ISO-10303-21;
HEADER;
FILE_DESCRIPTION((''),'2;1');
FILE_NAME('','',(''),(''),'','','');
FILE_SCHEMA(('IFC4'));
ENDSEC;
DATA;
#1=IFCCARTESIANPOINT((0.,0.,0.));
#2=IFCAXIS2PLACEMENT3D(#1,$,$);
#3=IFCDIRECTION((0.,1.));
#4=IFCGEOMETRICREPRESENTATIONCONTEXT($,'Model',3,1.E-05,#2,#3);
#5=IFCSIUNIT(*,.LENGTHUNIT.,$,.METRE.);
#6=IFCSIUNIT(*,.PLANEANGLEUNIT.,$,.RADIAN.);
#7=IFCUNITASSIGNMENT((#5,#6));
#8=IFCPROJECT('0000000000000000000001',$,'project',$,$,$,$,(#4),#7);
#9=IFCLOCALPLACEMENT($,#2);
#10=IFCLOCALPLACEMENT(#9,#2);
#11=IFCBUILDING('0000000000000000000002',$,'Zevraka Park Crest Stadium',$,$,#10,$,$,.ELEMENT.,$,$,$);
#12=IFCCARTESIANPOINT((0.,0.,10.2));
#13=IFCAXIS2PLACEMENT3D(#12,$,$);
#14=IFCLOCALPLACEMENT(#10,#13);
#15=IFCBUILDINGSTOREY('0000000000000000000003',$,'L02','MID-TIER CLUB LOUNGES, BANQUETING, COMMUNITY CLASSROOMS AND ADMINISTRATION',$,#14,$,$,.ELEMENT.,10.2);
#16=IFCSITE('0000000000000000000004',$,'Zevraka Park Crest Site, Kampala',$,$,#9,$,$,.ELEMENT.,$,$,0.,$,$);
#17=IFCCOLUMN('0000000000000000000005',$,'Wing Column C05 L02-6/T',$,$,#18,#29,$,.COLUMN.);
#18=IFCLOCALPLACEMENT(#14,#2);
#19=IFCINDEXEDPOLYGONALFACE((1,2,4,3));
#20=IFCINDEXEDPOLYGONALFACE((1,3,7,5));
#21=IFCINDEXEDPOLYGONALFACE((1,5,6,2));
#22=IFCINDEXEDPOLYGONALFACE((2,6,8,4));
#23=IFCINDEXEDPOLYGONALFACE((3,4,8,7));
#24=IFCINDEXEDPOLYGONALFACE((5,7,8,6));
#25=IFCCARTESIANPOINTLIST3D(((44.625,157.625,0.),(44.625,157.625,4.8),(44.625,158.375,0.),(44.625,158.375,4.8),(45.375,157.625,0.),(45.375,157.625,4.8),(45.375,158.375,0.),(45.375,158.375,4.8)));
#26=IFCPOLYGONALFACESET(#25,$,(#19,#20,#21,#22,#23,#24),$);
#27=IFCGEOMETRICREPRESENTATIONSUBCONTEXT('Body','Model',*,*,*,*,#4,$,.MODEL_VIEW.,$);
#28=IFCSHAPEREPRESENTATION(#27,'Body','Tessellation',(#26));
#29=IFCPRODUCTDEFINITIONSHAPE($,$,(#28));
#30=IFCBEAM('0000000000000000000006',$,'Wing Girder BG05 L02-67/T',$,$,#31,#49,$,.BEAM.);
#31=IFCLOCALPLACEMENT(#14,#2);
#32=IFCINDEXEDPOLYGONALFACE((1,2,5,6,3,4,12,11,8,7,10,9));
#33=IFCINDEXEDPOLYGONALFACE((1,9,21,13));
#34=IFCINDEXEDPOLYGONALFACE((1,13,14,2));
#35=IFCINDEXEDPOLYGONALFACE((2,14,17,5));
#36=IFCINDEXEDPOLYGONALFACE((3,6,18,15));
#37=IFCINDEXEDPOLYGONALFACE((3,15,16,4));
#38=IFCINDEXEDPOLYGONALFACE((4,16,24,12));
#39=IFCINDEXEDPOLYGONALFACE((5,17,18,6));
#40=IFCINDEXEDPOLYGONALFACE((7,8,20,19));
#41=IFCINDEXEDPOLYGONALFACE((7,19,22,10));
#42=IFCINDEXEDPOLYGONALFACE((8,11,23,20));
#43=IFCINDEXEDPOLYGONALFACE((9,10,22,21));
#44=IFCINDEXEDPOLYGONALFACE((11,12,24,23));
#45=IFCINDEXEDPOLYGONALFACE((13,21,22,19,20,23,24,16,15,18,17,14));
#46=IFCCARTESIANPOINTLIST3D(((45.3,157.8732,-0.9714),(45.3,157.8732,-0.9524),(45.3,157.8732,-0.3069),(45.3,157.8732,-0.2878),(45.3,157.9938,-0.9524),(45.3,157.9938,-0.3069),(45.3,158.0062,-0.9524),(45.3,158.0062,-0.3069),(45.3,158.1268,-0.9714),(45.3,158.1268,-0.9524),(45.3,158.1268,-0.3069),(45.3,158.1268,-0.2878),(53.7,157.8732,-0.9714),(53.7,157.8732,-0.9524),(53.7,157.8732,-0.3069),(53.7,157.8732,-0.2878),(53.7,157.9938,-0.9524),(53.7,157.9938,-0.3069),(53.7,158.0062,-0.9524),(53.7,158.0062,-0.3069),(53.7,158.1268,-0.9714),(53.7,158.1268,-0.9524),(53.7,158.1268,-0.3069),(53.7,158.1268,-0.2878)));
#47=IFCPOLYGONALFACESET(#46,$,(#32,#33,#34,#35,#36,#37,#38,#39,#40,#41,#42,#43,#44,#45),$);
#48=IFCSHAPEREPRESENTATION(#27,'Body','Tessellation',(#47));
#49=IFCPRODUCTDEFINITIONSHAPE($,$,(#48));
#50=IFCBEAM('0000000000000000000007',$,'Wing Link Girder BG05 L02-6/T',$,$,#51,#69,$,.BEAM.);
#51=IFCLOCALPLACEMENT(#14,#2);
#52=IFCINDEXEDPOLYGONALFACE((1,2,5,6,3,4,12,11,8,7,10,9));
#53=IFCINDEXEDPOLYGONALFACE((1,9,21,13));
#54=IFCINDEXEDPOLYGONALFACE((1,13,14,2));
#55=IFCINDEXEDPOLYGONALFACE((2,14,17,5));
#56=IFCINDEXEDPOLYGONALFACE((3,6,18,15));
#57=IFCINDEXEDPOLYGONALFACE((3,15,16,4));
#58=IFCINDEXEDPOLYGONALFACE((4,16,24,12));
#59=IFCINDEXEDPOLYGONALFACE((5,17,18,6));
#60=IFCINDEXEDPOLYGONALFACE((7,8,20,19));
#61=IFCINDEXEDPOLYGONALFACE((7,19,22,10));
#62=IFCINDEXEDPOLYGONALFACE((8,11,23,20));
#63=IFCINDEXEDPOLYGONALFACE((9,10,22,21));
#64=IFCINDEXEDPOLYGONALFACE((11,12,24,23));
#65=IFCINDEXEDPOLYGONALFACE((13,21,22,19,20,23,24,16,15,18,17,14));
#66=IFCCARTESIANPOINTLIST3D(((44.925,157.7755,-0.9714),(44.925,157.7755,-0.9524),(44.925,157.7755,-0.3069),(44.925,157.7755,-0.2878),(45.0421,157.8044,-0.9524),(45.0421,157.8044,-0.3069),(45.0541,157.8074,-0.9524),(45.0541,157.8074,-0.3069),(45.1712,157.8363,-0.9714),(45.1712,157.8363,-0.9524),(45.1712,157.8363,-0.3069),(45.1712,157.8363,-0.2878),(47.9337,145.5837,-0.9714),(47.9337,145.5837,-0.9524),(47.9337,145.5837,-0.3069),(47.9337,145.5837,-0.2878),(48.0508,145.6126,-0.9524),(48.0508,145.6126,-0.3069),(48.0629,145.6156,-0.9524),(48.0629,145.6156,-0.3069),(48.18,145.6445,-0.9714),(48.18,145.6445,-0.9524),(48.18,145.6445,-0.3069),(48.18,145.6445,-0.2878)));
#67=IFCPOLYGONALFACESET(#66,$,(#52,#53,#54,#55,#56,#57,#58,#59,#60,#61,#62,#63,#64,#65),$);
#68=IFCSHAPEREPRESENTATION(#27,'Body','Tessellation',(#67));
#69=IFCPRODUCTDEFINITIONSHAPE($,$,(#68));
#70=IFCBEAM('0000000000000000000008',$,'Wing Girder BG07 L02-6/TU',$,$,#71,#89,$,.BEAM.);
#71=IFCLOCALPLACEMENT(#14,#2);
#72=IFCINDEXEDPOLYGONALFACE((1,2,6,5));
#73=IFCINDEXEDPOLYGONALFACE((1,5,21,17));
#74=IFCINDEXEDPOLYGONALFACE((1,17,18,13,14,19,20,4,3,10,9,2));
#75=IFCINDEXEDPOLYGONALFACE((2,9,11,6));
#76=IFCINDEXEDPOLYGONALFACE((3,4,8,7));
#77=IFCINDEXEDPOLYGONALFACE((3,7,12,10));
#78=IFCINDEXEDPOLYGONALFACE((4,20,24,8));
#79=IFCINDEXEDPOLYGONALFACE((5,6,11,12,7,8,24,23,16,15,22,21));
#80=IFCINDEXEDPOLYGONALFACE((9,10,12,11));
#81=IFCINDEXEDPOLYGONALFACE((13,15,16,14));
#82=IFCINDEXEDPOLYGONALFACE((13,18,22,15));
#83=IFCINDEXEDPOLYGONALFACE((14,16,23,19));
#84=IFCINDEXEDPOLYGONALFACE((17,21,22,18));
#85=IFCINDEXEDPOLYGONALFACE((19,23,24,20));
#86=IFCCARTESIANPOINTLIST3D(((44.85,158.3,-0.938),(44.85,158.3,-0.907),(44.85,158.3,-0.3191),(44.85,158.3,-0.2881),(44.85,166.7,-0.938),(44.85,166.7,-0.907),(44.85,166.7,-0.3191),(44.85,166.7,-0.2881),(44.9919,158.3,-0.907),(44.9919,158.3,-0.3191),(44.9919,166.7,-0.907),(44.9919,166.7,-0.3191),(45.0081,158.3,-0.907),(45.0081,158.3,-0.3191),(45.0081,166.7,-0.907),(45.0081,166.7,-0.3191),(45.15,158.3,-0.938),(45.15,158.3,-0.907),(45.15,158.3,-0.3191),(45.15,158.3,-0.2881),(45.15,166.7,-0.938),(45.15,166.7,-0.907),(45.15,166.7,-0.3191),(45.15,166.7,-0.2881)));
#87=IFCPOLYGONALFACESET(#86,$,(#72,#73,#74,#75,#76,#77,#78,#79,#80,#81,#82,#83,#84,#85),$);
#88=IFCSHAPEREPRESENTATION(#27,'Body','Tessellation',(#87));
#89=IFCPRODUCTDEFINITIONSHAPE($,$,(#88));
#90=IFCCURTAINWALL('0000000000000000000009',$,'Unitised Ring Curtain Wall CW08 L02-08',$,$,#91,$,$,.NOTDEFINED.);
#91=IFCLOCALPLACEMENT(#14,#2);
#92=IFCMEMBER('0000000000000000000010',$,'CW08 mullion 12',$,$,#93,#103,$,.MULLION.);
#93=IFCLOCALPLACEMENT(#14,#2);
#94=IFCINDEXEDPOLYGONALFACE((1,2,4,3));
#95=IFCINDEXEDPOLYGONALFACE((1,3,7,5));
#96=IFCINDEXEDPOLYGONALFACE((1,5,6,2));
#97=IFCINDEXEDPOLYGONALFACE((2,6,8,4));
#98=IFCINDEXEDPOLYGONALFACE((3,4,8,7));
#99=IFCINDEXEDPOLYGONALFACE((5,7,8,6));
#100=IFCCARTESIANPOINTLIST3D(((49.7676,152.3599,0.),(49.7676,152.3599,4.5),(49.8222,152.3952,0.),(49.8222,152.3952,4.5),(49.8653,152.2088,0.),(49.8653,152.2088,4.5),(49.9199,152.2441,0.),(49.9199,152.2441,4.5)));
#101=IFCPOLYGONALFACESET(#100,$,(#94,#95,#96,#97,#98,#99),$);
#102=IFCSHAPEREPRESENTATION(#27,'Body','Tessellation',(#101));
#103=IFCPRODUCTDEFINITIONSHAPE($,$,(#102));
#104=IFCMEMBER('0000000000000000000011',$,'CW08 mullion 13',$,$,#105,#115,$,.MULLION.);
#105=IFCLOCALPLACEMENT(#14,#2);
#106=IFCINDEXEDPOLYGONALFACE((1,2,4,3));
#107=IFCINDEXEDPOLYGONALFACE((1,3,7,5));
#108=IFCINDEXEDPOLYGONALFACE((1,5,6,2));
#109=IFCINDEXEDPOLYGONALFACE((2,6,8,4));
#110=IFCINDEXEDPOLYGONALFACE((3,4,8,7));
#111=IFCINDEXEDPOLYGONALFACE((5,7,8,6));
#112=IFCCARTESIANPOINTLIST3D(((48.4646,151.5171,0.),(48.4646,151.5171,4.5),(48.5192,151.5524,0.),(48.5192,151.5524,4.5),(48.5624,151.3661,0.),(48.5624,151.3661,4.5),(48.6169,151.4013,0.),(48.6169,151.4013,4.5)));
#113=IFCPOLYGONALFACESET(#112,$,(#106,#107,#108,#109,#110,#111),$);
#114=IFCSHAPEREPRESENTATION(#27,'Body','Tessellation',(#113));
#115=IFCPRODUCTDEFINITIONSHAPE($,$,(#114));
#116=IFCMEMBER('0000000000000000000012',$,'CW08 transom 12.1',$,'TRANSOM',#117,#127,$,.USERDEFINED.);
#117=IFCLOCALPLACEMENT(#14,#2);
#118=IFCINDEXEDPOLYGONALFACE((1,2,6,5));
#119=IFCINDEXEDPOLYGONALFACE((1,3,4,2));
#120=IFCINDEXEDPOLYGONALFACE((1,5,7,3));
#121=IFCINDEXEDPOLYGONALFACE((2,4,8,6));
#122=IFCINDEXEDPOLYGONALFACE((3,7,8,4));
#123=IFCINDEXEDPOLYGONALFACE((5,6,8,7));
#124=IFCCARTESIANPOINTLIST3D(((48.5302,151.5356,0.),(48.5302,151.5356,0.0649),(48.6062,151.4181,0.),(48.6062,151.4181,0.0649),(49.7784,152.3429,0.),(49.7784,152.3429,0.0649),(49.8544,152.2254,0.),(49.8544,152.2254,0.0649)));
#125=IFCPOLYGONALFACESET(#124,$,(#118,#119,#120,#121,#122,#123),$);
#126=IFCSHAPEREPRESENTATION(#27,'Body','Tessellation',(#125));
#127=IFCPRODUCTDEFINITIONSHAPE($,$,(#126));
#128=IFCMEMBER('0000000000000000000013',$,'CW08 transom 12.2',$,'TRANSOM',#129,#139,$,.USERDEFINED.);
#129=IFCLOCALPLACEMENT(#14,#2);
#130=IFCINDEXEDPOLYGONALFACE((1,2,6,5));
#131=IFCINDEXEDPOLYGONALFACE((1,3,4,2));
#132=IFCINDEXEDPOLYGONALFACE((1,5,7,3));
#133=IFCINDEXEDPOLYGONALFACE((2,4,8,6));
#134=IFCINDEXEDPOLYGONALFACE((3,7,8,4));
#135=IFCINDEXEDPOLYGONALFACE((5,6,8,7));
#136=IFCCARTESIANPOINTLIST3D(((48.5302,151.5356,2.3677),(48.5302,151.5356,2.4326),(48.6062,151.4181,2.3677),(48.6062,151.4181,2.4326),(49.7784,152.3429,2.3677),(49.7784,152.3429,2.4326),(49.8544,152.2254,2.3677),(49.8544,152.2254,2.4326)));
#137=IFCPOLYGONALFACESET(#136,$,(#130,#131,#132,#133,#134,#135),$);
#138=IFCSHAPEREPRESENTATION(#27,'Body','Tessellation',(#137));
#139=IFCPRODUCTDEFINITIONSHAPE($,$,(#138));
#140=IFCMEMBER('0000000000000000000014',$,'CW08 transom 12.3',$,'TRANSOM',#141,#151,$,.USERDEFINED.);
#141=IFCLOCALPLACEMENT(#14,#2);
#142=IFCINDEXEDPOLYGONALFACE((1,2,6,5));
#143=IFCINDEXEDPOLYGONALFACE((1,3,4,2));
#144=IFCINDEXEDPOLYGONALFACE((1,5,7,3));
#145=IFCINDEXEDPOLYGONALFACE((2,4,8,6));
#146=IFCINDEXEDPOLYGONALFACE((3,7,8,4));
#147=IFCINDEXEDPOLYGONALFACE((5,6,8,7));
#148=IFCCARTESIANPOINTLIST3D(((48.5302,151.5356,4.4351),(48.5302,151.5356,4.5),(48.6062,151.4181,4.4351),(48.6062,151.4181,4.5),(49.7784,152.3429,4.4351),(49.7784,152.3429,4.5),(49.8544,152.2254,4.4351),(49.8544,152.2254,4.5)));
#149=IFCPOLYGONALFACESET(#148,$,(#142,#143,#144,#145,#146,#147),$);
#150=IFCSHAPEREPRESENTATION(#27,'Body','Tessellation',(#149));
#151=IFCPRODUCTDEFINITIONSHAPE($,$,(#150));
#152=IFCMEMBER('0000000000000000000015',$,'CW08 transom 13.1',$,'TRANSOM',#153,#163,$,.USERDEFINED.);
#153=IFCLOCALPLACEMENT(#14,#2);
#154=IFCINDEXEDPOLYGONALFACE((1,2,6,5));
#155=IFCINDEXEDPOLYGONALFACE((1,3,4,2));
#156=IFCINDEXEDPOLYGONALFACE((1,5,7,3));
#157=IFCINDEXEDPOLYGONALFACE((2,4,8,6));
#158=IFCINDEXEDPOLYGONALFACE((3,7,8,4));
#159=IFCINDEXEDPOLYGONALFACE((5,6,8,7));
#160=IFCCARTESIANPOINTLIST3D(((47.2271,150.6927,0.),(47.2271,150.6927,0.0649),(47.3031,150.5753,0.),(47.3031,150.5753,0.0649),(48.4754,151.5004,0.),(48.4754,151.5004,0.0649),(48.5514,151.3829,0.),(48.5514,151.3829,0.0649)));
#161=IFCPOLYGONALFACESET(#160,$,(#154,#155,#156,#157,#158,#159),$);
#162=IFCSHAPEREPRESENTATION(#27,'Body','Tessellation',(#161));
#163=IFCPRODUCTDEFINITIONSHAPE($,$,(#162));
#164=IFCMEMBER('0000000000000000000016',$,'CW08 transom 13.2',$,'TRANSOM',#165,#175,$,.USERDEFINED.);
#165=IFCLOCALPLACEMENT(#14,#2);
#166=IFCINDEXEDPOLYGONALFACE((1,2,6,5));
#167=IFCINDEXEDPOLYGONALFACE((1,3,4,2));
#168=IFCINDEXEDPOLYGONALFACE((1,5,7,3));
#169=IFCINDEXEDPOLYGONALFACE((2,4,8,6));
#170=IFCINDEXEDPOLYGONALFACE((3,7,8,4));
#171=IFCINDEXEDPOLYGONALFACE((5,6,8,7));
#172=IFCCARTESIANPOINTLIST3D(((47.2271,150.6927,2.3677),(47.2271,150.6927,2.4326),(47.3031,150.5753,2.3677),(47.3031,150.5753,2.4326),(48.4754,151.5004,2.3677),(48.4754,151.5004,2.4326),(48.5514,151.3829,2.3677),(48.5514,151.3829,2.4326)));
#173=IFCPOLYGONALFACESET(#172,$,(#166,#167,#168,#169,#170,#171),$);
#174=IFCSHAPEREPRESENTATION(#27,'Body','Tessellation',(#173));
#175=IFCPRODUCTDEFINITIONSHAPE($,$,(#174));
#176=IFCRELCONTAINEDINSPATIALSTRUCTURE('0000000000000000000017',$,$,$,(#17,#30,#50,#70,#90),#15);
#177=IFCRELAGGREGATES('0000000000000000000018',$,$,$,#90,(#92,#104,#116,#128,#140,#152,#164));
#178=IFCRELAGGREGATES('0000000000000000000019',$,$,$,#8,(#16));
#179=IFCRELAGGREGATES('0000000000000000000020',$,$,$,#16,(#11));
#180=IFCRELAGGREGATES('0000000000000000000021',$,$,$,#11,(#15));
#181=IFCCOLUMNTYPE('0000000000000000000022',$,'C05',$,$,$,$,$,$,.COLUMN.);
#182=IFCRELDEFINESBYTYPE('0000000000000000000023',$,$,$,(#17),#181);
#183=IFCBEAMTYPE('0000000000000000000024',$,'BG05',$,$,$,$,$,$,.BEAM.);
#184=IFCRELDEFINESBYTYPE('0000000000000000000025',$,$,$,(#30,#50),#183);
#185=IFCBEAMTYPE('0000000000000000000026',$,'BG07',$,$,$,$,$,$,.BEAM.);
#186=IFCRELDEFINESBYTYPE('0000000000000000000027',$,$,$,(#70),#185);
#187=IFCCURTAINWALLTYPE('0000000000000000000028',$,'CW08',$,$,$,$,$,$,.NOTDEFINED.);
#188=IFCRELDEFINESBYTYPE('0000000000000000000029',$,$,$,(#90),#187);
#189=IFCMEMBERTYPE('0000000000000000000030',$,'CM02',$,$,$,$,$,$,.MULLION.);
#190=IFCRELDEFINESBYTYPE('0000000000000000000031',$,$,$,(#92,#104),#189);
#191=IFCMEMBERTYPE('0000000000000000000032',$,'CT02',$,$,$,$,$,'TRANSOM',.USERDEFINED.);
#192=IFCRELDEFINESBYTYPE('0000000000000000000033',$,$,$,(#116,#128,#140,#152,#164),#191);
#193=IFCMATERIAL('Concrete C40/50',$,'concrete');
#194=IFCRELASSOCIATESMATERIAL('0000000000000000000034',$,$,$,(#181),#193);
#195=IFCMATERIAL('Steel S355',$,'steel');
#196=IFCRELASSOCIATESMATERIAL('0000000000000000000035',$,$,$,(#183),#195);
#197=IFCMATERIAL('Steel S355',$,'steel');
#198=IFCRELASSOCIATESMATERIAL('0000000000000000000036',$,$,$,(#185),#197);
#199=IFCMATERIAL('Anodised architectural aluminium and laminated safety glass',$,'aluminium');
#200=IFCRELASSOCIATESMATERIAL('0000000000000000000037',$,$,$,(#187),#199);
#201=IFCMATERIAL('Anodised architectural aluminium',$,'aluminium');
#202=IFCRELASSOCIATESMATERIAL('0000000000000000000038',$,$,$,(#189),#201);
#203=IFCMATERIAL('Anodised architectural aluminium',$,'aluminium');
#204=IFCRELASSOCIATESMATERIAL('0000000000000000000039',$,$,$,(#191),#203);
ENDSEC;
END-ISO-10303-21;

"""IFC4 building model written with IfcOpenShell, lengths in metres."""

from ifc_helpers import new_model, si_unit, direction, frame, origin, origin_2d, place, context, subcontext, project, spatial, rectangle, i_section, extrude, material, material_profile, profile_set, type_object, element, aggregate, save


model = new_model("IFC4")

# Units and contexts
model_context = context("Model", 3, precision=1e-05, world=origin(), true_north=direction((0.0, 1.0)))
body_context = subcontext(model_context, "Body", "Model", "MODEL_VIEW")
ifc_project = project(units=[si_unit("LENGTHUNIT", "METRE"), si_unit("PLANEANGLEUNIT", "RADIAN")], contexts=[model_context])

# Site, building, storey
site_placement = place(None, origin())
site = spatial("IfcSite", under=ifc_project, at=site_placement, Name="Zevraka Park Crest Site, Kampala", CompositionType="ELEMENT", RefElevation=0.0)
building_placement = place(site_placement, origin())
building = spatial("IfcBuilding", under=site, at=building_placement, Name="Zevraka Park Crest Stadium", CompositionType="ELEMENT")
storey_placement = place(building_placement, frame((0.0, 0.0, 10.2)))
storey = spatial("IfcBuildingStorey", under=building, at=storey_placement, Name="L02", Description="MID-TIER CLUB LOUNGES, BANQUETING, COMMUNITY CLASSROOMS AND ADMINISTRATION", CompositionType="ELEMENT", Elevation=10.2)

# Column
ifc_material_1 = material(Name="Concrete C40/50", Category="concrete")
ifc_material_profile_1 = material_profile(ifc_material_1, rectangle(XDim=0.75, YDim=0.75, at=origin_2d()), Name="RC 750x750")
ifc_profile_set_1 = profile_set([ifc_material_profile_1], Name="Concrete C40/50")
column_type = type_object("IfcColumnType", Name="C05", PredefinedType="COLUMN", material=ifc_profile_set_1)
column_placement = place(storey_placement, frame((45.0, 158.0, 0.0), z_axis=(0.0, 0.0, 1.0), x_axis=(1.0, 0.0, 0.0)))
element("IfcColumn", 1, at=column_placement, inside=storey, type_object=column_type, Name="Wing Column C05 L02-6/T", PredefinedType="COLUMN", context=body_context, shape_type="SweptSolid", body=[
    extrude(rectangle(XDim=0.75, YDim=0.75, at=origin_2d()), origin(), (0.0, 0.0, 1.0), 4.8),
])

# Beams
ifc_material_2 = material(Name="Steel S355", Category="steel")
ifc_material_profile_2 = material_profile(ifc_material_2, i_section(OverallWidth=0.2537, OverallDepth=0.6836, WebThickness=0.0125, FlangeThickness=0.019, at=origin_2d()), Name="UKB 686x254x140")
ifc_profile_set_2 = profile_set([ifc_material_profile_2], Name="Steel S355")
beam_type_1 = type_object("IfcBeamType", Name="BG05", PredefinedType="BEAM", material=ifc_profile_set_2)
beam_1_placement = place(storey_placement, frame((45.3, 158.0, -0.6296), z_axis=(1.0, 0.0, 0.0), x_axis=(0.0, 1.0, 0.0)))
element("IfcBeam", 2, at=beam_1_placement, inside=storey, type_object=beam_type_1, Name="Wing Girder BG05 L02-67/T", PredefinedType="BEAM", context=body_context, shape_type="SweptSolid", body=[
    extrude(i_section(OverallWidth=0.2537, OverallDepth=0.6836, WebThickness=0.0125, FlangeThickness=0.019, at=origin_2d()), origin(), (0.0, 0.0, 1.0), 8.3999),
])
beam_2_placement = place(storey_placement, frame((45.0481, 157.8059, -0.6296), z_axis=(0.239598, -0.970872, 0.0), x_axis=(0.970872, 0.239598, 0.0)))
element("IfcBeam", 3, at=beam_2_placement, inside=storey, type_object=beam_type_1, Name="Wing Link Girder BG05 L02-6/T", PredefinedType="BEAM", context=body_context, shape_type="SweptSolid", body=[
    extrude(i_section(OverallWidth=0.2537, OverallDepth=0.6836, WebThickness=0.0125, FlangeThickness=0.019, at=origin_2d()), origin(), (0.0, 0.0, 1.0), 12.5576),
])
ifc_material_3 = material(Name="Steel S355", Category="steel")
ifc_material_profile_3 = material_profile(ifc_material_3, i_section(OverallWidth=0.3, OverallDepth=0.6499, WebThickness=0.0161, FlangeThickness=0.031, at=origin_2d()), Name="HEB 650")
ifc_profile_set_3 = profile_set([ifc_material_profile_3], Name="Steel S355")
beam_type_2 = type_object("IfcBeamType", Name="BG07", PredefinedType="BEAM", material=ifc_profile_set_3)
beam_3_placement = place(storey_placement, frame((45.0, 158.3, -0.613), z_axis=(0.0, 1.0, 0.0), x_axis=(-1.0, 0.0, 0.0)))
element("IfcBeam", 4, at=beam_3_placement, inside=storey, type_object=beam_type_2, Name="Wing Girder BG07 L02-6/TU", PredefinedType="BEAM", context=body_context, shape_type="SweptSolid", body=[
    extrude(i_section(OverallWidth=0.3, OverallDepth=0.6499, WebThickness=0.0161, FlangeThickness=0.031, at=origin_2d()), origin(), (0.0, 0.0, 1.0), 8.3999),
])

# Curtain wall, members
ifc_material_4 = material(Name="Anodised architectural aluminium and laminated safety glass", Category="aluminium")
curtain_wall_type = type_object("IfcCurtainWallType", Name="CW08", PredefinedType="NOTDEFINED", material=ifc_material_4)
curtain_wall_placement = place(storey_placement, origin())
curtain_wall = element("IfcCurtainWall", 5, at=curtain_wall_placement, inside=storey, type_object=curtain_wall_type, Name="Unitised Ring Curtain Wall CW08 L02-08", PredefinedType="NOTDEFINED")
ifc_material_5 = material(Name="Anodised architectural aluminium", Category="aluminium")
ifc_material_profile_4 = material_profile(ifc_material_5, rectangle(XDim=0.1799, YDim=0.0649, at=origin_2d()), Name="ALU MULLION 180x65")
ifc_profile_set_4 = profile_set([ifc_material_profile_4], Name="Anodised architectural aluminium")
member_type_1 = type_object("IfcMemberType", Name="CM02", PredefinedType="MULLION", material=ifc_profile_set_4)
member_1_placement = place(storey_placement, frame((49.8438, 152.302, 0.0), z_axis=(0.0, 0.0, 1.0), x_axis=(0.543096, -0.83967, 0.0)))
member_1 = element("IfcMember", 6, at=member_1_placement, type_object=member_type_1, Name="CW08 mullion 12", PredefinedType="MULLION", context=body_context, shape_type="SweptSolid", body=[
    extrude(rectangle(XDim=0.1799, YDim=0.0649, at=origin_2d()), origin(), (0.0, 0.0, 1.0), 4.5),
])
member_2_placement = place(storey_placement, frame((48.5408, 151.4592, 0.0), z_axis=(0.0, 0.0, 1.0), x_axis=(0.543096, -0.83967, 0.0)))
member_2 = element("IfcMember", 7, at=member_2_placement, type_object=member_type_1, Name="CW08 mullion 13", PredefinedType="MULLION", context=body_context, shape_type="SweptSolid", body=[
    extrude(rectangle(XDim=0.1799, YDim=0.0649, at=origin_2d()), origin(), (0.0, 0.0, 1.0), 4.5),
])
ifc_material_6 = material(Name="Anodised architectural aluminium", Category="aluminium")
ifc_material_profile_5 = material_profile(ifc_material_6, rectangle(XDim=0.1399, YDim=0.0649, at=origin_2d()), Name="ALU TRANSOM 140x65")
ifc_profile_set_5 = profile_set([ifc_material_profile_5], Name="Anodised architectural aluminium")
member_type_2 = type_object("IfcMemberType", Name="CT02", ElementType="TRANSOM", PredefinedType="USERDEFINED", material=ifc_profile_set_5)
member_3_placement = place(storey_placement, frame((49.8164, 152.2842, 0.0325), z_axis=(-0.839676, -0.543088, 0.0), x_axis=(0.543088, -0.839676, 0.0)))
member_3 = element("IfcMember", 8, at=member_3_placement, type_object=member_type_2, Name="CW08 transom 12.1", ObjectType="TRANSOM", PredefinedType="USERDEFINED", context=body_context, shape_type="SweptSolid", body=[
    extrude(rectangle(XDim=0.1399, YDim=0.0649, at=origin_2d()), origin(), (0.0, 0.0, 1.0), 1.4866),
])
member_4_placement = place(storey_placement, frame((49.8164, 152.2842, 2.4001), z_axis=(-0.839676, -0.543088, 0.0), x_axis=(0.543088, -0.839676, 0.0)))
member_4 = element("IfcMember", 9, at=member_4_placement, type_object=member_type_2, Name="CW08 transom 12.2", ObjectType="TRANSOM", PredefinedType="USERDEFINED", context=body_context, shape_type="SweptSolid", body=[
    extrude(rectangle(XDim=0.1399, YDim=0.0649, at=origin_2d()), origin(), (0.0, 0.0, 1.0), 1.4866),
])
member_5_placement = place(storey_placement, frame((49.8164, 152.2842, 4.4675), z_axis=(-0.839676, -0.543088, 0.0), x_axis=(0.543088, -0.839676, 0.0)))
member_5 = element("IfcMember", 10, at=member_5_placement, type_object=member_type_2, Name="CW08 transom 12.3", ObjectType="TRANSOM", PredefinedType="USERDEFINED", context=body_context, shape_type="SweptSolid", body=[
    extrude(rectangle(XDim=0.1399, YDim=0.0649, at=origin_2d()), origin(), (0.0, 0.0, 1.0), 1.4866),
])
member_6_placement = place(storey_placement, frame((48.5134, 151.4417, 0.0325), z_axis=(-0.839601, -0.543204, 0.0), x_axis=(0.543204, -0.839601, 0.0)))
member_6 = element("IfcMember", 11, at=member_6_placement, type_object=member_type_2, Name="CW08 transom 13.1", ObjectType="TRANSOM", PredefinedType="USERDEFINED", context=body_context, shape_type="SweptSolid", body=[
    extrude(rectangle(XDim=0.1399, YDim=0.0649, at=origin_2d()), origin(), (0.0, 0.0, 1.0), 1.4868),
])
member_7_placement = place(storey_placement, frame((48.5134, 151.4417, 2.4001), z_axis=(-0.839601, -0.543204, 0.0), x_axis=(0.543204, -0.839601, 0.0)))
member_7 = element("IfcMember", 12, at=member_7_placement, type_object=member_type_2, Name="CW08 transom 13.2", ObjectType="TRANSOM", PredefinedType="USERDEFINED", context=body_context, shape_type="SweptSolid", body=[
    extrude(rectangle(XDim=0.1399, YDim=0.0649, at=origin_2d()), origin(), (0.0, 0.0, 1.0), 1.4868),
])
aggregate(curtain_wall, [member_1, member_2, member_3, member_4, member_5, member_6, member_7])

save(model, "model.ifc")
